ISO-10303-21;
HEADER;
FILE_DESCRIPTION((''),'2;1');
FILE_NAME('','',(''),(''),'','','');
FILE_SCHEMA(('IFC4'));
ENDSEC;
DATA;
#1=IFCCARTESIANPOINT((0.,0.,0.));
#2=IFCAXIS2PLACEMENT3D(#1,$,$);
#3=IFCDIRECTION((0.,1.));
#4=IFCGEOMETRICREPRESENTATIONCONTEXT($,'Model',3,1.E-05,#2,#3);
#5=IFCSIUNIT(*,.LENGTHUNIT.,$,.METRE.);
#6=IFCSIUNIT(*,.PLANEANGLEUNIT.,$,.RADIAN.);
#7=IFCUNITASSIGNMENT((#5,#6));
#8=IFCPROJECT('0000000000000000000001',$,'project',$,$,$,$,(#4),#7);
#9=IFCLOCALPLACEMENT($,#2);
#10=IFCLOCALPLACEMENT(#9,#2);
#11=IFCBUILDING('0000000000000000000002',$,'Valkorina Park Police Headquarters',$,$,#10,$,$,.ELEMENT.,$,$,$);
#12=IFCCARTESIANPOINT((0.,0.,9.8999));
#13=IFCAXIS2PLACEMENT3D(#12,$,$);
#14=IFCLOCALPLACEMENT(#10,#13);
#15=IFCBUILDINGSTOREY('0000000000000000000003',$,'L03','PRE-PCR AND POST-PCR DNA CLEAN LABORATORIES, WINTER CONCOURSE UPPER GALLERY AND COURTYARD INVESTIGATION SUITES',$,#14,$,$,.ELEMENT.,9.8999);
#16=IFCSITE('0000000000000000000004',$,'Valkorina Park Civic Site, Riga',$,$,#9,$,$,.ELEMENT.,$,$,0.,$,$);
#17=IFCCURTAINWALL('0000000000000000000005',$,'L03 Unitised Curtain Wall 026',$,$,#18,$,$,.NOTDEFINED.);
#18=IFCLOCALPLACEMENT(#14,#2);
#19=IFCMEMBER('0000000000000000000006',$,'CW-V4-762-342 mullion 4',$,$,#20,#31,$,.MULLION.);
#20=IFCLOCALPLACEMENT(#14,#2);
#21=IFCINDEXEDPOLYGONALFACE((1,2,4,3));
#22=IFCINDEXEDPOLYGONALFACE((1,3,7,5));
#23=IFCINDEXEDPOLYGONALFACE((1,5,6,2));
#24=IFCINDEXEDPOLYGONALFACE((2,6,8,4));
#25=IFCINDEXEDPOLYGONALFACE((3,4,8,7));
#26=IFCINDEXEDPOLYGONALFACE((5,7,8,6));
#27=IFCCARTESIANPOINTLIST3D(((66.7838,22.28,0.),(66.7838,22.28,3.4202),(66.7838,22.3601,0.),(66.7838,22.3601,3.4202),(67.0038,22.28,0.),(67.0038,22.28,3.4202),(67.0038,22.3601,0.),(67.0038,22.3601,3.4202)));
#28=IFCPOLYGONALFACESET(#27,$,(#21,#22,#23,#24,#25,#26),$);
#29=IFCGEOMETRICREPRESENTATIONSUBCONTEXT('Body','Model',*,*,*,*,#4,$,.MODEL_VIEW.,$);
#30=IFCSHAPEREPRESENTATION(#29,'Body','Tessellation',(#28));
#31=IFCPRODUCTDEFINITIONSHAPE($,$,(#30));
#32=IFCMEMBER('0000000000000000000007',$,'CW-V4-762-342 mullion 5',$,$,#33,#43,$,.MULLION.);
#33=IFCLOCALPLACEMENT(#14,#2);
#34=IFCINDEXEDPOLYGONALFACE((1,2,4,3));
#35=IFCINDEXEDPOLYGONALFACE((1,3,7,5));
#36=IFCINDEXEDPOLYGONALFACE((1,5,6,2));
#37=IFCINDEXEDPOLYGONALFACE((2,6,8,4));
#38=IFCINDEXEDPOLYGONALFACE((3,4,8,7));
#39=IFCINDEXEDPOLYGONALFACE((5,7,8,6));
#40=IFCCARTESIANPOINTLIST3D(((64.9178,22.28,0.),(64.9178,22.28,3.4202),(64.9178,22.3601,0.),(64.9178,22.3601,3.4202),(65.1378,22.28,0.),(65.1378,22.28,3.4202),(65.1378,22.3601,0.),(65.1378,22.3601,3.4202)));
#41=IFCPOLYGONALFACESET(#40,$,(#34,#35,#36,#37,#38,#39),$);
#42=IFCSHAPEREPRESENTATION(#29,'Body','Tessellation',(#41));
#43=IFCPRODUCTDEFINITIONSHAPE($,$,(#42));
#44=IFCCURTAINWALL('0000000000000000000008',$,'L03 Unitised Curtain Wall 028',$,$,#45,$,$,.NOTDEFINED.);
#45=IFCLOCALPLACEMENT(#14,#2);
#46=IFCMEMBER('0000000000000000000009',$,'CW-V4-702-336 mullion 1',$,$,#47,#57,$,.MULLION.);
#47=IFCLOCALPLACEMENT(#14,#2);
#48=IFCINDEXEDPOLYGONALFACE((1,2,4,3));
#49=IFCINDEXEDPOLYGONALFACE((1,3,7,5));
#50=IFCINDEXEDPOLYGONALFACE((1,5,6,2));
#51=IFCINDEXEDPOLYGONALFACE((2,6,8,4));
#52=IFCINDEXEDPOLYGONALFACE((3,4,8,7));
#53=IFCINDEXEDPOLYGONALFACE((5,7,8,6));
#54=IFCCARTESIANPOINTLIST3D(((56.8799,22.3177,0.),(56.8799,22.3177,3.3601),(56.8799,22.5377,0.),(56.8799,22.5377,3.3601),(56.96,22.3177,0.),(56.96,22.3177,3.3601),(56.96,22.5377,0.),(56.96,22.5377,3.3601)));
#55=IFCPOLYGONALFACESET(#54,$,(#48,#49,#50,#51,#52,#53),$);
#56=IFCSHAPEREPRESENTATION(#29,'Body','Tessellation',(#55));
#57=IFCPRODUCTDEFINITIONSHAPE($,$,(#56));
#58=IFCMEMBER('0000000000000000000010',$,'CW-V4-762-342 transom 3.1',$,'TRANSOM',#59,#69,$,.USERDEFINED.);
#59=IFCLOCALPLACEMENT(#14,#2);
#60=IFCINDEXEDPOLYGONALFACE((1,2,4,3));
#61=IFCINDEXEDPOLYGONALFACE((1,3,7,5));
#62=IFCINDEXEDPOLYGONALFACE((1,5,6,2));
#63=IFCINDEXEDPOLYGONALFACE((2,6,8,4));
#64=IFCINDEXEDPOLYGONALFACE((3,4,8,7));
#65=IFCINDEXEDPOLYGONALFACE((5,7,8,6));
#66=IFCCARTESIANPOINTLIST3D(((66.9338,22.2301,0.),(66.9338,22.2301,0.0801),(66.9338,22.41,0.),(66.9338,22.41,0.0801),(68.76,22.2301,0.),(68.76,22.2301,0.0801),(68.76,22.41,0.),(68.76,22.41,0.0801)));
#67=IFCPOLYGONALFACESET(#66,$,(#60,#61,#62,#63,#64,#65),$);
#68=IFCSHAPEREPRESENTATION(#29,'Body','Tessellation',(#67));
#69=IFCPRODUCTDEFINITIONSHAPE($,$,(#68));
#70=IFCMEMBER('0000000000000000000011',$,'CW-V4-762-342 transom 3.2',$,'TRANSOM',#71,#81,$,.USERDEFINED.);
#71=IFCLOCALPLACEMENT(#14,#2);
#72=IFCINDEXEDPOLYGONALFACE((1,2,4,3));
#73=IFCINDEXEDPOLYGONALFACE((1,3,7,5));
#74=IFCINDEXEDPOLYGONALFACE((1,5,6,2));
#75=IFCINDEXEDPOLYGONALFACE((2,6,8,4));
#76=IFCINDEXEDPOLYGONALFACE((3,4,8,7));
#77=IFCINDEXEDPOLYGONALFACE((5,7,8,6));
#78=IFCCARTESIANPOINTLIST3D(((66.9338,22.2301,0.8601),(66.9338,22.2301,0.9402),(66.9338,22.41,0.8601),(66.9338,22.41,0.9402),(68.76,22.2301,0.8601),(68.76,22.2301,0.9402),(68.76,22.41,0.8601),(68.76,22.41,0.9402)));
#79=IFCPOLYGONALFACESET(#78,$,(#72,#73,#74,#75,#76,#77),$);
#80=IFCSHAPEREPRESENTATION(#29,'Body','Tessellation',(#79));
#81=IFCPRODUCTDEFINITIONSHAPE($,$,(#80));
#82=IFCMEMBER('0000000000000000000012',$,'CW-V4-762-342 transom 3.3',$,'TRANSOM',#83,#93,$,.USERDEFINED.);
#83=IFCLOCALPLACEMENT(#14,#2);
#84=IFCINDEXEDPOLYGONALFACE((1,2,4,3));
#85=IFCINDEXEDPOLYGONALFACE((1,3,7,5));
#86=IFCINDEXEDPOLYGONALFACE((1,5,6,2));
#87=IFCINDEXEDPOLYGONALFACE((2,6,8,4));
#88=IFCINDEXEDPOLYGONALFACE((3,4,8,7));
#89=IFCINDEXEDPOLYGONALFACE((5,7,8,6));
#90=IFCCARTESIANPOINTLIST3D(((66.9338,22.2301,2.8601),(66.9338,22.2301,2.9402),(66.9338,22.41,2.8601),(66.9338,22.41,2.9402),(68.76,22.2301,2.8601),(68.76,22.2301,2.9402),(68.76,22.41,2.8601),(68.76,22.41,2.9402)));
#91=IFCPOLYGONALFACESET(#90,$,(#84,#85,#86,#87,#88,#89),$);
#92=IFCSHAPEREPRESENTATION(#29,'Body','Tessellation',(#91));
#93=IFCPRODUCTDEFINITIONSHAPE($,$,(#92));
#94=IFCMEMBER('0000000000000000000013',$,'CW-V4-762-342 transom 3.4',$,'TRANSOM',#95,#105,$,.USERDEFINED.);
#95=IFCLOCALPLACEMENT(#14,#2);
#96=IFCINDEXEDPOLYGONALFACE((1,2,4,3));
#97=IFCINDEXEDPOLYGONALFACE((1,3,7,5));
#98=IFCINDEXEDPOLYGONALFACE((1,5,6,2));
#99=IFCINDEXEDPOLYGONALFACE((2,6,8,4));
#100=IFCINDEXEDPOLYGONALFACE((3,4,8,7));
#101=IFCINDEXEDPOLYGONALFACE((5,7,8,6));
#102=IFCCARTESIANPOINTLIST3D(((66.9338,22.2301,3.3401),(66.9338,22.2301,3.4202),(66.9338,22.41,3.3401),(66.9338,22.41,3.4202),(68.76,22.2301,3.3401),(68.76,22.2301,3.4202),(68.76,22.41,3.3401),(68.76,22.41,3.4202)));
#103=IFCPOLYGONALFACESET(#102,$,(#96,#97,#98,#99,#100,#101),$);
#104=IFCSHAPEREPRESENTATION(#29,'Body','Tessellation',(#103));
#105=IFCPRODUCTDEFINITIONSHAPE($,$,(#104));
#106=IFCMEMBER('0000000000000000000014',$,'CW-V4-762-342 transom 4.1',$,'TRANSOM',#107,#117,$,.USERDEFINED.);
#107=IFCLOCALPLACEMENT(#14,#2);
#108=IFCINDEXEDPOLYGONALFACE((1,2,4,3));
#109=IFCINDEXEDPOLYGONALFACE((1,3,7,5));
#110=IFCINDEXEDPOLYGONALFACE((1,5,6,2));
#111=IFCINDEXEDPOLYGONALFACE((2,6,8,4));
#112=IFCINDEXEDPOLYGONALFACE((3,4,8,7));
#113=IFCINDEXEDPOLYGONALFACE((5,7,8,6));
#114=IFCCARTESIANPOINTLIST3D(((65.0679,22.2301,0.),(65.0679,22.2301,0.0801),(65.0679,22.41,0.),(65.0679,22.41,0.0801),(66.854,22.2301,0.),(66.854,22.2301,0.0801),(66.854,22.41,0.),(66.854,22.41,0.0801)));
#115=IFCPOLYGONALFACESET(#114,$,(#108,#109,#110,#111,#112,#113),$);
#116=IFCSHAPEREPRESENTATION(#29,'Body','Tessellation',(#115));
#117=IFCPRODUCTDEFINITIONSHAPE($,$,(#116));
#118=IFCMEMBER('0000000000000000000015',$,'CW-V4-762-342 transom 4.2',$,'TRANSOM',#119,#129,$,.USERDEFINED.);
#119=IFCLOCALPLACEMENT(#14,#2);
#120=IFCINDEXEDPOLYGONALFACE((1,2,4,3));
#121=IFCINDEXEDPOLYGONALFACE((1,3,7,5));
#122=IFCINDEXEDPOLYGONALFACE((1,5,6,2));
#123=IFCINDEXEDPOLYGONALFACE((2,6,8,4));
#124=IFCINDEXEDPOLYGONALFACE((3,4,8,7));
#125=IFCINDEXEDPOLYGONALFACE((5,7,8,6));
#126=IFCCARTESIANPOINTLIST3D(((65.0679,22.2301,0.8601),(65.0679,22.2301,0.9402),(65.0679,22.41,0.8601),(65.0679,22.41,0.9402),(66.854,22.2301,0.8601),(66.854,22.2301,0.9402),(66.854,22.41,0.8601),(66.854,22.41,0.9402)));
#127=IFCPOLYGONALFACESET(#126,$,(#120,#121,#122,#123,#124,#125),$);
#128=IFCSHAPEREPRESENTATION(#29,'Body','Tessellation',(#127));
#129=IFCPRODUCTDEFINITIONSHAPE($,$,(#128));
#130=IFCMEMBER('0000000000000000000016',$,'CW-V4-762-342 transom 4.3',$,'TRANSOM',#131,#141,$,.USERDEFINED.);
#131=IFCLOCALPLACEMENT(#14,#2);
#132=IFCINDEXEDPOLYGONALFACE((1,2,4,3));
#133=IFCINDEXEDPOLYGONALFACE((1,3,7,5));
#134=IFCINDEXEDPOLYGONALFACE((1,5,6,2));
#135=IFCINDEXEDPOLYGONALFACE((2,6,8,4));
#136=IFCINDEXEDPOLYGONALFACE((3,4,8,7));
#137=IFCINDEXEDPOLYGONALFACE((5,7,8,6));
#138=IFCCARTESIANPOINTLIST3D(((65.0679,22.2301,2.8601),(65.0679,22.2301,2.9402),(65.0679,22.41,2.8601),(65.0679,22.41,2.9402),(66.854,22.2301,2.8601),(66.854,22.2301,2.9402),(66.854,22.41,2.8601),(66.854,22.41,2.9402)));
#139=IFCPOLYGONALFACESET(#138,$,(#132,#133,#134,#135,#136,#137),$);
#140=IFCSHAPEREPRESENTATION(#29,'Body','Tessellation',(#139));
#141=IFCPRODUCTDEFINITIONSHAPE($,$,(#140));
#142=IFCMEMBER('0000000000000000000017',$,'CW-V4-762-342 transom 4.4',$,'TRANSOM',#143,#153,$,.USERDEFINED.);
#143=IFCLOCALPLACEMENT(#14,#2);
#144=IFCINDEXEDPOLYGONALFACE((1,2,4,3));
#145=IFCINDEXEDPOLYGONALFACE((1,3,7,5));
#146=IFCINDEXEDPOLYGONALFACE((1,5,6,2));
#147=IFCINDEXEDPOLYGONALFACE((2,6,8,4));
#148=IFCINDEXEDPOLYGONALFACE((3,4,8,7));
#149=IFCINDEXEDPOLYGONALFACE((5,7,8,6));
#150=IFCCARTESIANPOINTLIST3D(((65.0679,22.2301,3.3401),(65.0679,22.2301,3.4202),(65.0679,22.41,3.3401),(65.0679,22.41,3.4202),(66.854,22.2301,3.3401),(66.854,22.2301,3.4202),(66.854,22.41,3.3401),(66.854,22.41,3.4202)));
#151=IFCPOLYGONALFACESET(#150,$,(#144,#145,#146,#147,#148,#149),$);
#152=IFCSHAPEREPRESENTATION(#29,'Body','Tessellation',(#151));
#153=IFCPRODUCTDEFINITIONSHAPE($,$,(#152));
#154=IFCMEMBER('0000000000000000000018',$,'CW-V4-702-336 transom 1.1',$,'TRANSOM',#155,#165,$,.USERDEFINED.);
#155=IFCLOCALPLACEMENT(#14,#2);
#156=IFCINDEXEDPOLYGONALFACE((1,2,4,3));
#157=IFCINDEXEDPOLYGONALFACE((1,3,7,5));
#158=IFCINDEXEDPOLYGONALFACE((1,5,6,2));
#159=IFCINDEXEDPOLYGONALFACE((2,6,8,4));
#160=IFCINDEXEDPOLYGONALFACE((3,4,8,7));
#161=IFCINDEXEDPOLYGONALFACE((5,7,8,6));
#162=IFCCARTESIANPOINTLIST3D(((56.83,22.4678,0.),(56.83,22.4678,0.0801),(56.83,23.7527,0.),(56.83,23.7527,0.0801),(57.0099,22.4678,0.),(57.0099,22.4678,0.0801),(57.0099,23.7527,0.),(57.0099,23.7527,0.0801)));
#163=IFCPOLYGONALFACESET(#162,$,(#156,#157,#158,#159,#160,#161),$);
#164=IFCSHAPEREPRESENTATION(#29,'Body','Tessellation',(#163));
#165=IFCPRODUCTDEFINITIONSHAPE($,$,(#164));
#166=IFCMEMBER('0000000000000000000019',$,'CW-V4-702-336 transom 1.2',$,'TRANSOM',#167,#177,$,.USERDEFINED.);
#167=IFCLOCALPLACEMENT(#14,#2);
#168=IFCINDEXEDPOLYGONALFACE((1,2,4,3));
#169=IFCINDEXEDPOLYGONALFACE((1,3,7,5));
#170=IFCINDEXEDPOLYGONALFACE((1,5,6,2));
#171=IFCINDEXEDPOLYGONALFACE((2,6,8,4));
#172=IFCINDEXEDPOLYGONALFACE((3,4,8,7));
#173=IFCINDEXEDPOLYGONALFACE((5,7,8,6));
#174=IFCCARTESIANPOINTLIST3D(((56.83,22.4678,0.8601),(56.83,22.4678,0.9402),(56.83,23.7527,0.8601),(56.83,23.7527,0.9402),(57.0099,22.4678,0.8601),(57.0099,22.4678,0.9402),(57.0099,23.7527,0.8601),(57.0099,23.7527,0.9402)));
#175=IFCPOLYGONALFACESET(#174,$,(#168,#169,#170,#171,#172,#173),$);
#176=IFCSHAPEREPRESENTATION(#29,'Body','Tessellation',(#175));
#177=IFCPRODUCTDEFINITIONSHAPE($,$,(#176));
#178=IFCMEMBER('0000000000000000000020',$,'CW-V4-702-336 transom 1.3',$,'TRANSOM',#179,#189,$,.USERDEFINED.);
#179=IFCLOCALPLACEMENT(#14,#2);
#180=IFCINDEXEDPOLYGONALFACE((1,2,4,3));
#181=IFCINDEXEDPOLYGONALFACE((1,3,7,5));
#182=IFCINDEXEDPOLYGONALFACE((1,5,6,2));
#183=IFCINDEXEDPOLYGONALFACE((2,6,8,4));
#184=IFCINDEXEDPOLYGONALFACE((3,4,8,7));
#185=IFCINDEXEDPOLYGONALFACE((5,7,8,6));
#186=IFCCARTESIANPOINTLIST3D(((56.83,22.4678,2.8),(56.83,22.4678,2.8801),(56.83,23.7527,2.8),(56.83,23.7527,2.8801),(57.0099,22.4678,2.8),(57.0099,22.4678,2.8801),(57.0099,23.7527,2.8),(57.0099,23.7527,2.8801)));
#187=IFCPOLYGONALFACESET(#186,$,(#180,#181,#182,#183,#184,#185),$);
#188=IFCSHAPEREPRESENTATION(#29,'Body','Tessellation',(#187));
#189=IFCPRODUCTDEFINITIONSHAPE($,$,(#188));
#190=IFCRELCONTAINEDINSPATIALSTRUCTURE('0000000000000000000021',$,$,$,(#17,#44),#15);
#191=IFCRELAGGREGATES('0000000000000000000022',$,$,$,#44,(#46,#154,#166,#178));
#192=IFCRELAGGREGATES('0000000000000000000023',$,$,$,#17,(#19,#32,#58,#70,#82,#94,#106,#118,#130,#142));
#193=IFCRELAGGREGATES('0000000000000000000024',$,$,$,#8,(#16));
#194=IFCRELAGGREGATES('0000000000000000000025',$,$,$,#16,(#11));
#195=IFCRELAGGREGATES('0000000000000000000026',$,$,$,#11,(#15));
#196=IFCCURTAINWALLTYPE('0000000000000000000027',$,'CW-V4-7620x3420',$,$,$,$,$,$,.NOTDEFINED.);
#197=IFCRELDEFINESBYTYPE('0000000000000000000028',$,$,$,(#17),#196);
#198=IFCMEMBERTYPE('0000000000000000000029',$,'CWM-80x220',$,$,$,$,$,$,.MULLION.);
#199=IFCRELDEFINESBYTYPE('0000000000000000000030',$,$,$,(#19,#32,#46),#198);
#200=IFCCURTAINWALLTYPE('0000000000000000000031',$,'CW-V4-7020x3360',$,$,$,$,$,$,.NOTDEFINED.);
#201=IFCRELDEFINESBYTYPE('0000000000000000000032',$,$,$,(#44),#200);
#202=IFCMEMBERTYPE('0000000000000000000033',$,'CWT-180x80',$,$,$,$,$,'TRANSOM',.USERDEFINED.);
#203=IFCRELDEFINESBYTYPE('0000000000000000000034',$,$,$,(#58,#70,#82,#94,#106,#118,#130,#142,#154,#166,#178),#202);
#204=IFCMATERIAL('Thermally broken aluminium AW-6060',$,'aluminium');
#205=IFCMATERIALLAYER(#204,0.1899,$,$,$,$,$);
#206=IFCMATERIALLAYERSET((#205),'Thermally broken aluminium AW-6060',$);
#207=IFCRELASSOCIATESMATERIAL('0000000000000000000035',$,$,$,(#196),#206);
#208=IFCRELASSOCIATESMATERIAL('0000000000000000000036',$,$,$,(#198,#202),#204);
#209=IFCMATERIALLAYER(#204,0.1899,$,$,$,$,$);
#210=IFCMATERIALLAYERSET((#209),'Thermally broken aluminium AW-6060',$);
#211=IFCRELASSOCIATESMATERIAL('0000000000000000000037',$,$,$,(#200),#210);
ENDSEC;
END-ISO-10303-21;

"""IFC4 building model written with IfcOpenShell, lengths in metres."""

from ifc_helpers import new_model, si_unit, direction, frame, origin, origin_2d, place, context, subcontext, project, spatial, rectangle, extrude, material, layer, layer_set, material_profile, profile_set, type_object, element, aggregate, save


model = new_model("IFC4")

# Units and contexts
model_context = context("Model", 3, precision=1e-05, world=origin(), true_north=direction((0.0, 1.0)))
body_context = subcontext(model_context, "Body", "Model", "MODEL_VIEW")
ifc_project = project(units=[si_unit("LENGTHUNIT", "METRE"), si_unit("PLANEANGLEUNIT", "RADIAN")], contexts=[model_context])

# Site, building, storey
site_placement = place(None, origin())
site = spatial("IfcSite", under=ifc_project, at=site_placement, Name="Valkorina Park Civic Site, Riga", CompositionType="ELEMENT", RefElevation=0.0)
building_placement = place(site_placement, origin())
building = spatial("IfcBuilding", under=site, at=building_placement, Name="Valkorina Park Police Headquarters", CompositionType="ELEMENT")
storey_placement = place(building_placement, frame((0.0, 0.0, 9.8999)))
storey = spatial("IfcBuildingStorey", under=building, at=storey_placement, Name="L03", Description="PRE-PCR AND POST-PCR DNA CLEAN LABORATORIES, WINTER CONCOURSE UPPER GALLERY AND COURTYARD INVESTIGATION SUITES", CompositionType="ELEMENT", Elevation=9.8999)

# Curtain wall, members
ifc_material_1 = material(Name="Thermally broken aluminium AW-6060", Category="aluminium")
ifc_layer_1 = layer(ifc_material_1, 0.1899)
ifc_layer_set_1 = layer_set([ifc_layer_1], Name="Thermally broken aluminium AW-6060")
curtain_wall_type_1 = type_object("IfcCurtainWallType", Name="CW-V4-7620x3420", PredefinedType="NOTDEFINED", material=ifc_layer_set_1)
curtain_wall_1_placement = place(storey_placement, origin())
curtain_wall_1 = element("IfcCurtainWall", 1, at=curtain_wall_1_placement, inside=storey, type_object=curtain_wall_type_1, Name="L03 Unitised Curtain Wall 026", PredefinedType="NOTDEFINED")
ifc_material_profile_1 = material_profile(ifc_material_1, rectangle(XDim=0.0801, YDim=0.22, at=origin_2d()), Name="CWM-03 80x220")
ifc_profile_set_1 = profile_set([ifc_material_profile_1], Name="Thermally broken aluminium AW-6060")
member_type_1 = type_object("IfcMemberType", Name="CWM-80x220", PredefinedType="MULLION", material=ifc_profile_set_1)
member_1_placement = place(storey_placement, frame((66.8938, 22.3201, 0.0), z_axis=(0.0, 0.0, 1.0), x_axis=(0.0, -1.0, 0.0)))
member_1 = element("IfcMember", 2, at=member_1_placement, type_object=member_type_1, Name="CW-V4-762-342 mullion 4", PredefinedType="MULLION", context=body_context, shape_type="SweptSolid", body=[
    extrude(rectangle(XDim=0.0801, YDim=0.22, at=origin_2d()), origin(), (0.0, 0.0, 1.0), 3.4202),
])
member_2_placement = place(storey_placement, frame((65.0278, 22.3201, 0.0), z_axis=(0.0, 0.0, 1.0), x_axis=(0.0, -1.0, 0.0)))
member_2 = element("IfcMember", 3, at=member_2_placement, type_object=member_type_1, Name="CW-V4-762-342 mullion 5", PredefinedType="MULLION", context=body_context, shape_type="SweptSolid", body=[
    extrude(rectangle(XDim=0.0801, YDim=0.22, at=origin_2d()), origin(), (0.0, 0.0, 1.0), 3.4202),
])

# Curtain wall, member
ifc_layer_2 = layer(ifc_material_1, 0.1899)
ifc_layer_set_2 = layer_set([ifc_layer_2], Name="Thermally broken aluminium AW-6060")
curtain_wall_type_2 = type_object("IfcCurtainWallType", Name="CW-V4-7020x3360", PredefinedType="NOTDEFINED", material=ifc_layer_set_2)
curtain_wall_2_placement = place(storey_placement, origin())
curtain_wall_2 = element("IfcCurtainWall", 4, at=curtain_wall_2_placement, inside=storey, type_object=curtain_wall_type_2, Name="L03 Unitised Curtain Wall 028", PredefinedType="NOTDEFINED")
member_3_placement = place(storey_placement, frame((56.9199, 22.4277, 0.0), z_axis=(0.0, 0.0, 1.0), x_axis=(-1.0, 0.0, 0.0)))
member_3 = element("IfcMember", 5, at=member_3_placement, type_object=member_type_1, Name="CW-V4-702-336 mullion 1", PredefinedType="MULLION", context=body_context, shape_type="SweptSolid", body=[
    extrude(rectangle(XDim=0.0801, YDim=0.22, at=origin_2d()), origin(), (0.0, 0.0, 1.0), 3.3601),
])

# Members
ifc_material_profile_2 = material_profile(ifc_material_1, rectangle(XDim=0.1799, YDim=0.0801, at=origin_2d()), Name="CWT-03 180x80")
ifc_profile_set_2 = profile_set([ifc_material_profile_2], Name="Thermally broken aluminium AW-6060")
member_type_2 = type_object("IfcMemberType", Name="CWT-180x80", ElementType="TRANSOM", PredefinedType="USERDEFINED", material=ifc_profile_set_2)
member_4_placement = place(storey_placement, frame((68.76, 22.3201, 0.04), z_axis=(-1.0, 0.0, 0.0), x_axis=(0.0, -1.0, 0.0)))
member_4 = element("IfcMember", 6, at=member_4_placement, type_object=member_type_2, Name="CW-V4-762-342 transom 3.1", ObjectType="TRANSOM", PredefinedType="USERDEFINED", context=body_context, shape_type="SweptSolid", body=[
    extrude(rectangle(XDim=0.1799, YDim=0.0801, at=origin_2d()), origin(), (0.0, 0.0, 1.0), 1.8262),
])
member_5_placement = place(storey_placement, frame((68.76, 22.3201, 0.9001), z_axis=(-1.0, 0.0, 0.0), x_axis=(0.0, -1.0, 0.0)))
member_5 = element("IfcMember", 7, at=member_5_placement, type_object=member_type_2, Name="CW-V4-762-342 transom 3.2", ObjectType="TRANSOM", PredefinedType="USERDEFINED", context=body_context, shape_type="SweptSolid", body=[
    extrude(rectangle(XDim=0.1799, YDim=0.0801, at=origin_2d()), origin(), (0.0, 0.0, 1.0), 1.8262),
])
member_6_placement = place(storey_placement, frame((68.76, 22.3201, 2.9001), z_axis=(-1.0, 0.0, 0.0), x_axis=(0.0, -1.0, 0.0)))
member_6 = element("IfcMember", 8, at=member_6_placement, type_object=member_type_2, Name="CW-V4-762-342 transom 3.3", ObjectType="TRANSOM", PredefinedType="USERDEFINED", context=body_context, shape_type="SweptSolid", body=[
    extrude(rectangle(XDim=0.1799, YDim=0.0801, at=origin_2d()), origin(), (0.0, 0.0, 1.0), 1.8262),
])
member_7_placement = place(storey_placement, frame((68.76, 22.3201, 3.3801), z_axis=(-1.0, 0.0, 0.0), x_axis=(0.0, -1.0, 0.0)))
member_7 = element("IfcMember", 9, at=member_7_placement, type_object=member_type_2, Name="CW-V4-762-342 transom 3.4", ObjectType="TRANSOM", PredefinedType="USERDEFINED", context=body_context, shape_type="SweptSolid", body=[
    extrude(rectangle(XDim=0.1799, YDim=0.0801, at=origin_2d()), origin(), (0.0, 0.0, 1.0), 1.8262),
])
member_8_placement = place(storey_placement, frame((66.854, 22.3201, 0.04), z_axis=(-1.0, 0.0, 0.0), x_axis=(0.0, -1.0, 0.0)))
member_8 = element("IfcMember", 10, at=member_8_placement, type_object=member_type_2, Name="CW-V4-762-342 transom 4.1", ObjectType="TRANSOM", PredefinedType="USERDEFINED", context=body_context, shape_type="SweptSolid", body=[
    extrude(rectangle(XDim=0.1799, YDim=0.0801, at=origin_2d()), origin(), (0.0, 0.0, 1.0), 1.7861),
])
member_9_placement = place(storey_placement, frame((66.854, 22.3201, 0.9001), z_axis=(-1.0, 0.0, 0.0), x_axis=(0.0, -1.0, 0.0)))
member_9 = element("IfcMember", 11, at=member_9_placement, type_object=member_type_2, Name="CW-V4-762-342 transom 4.2", ObjectType="TRANSOM", PredefinedType="USERDEFINED", context=body_context, shape_type="SweptSolid", body=[
    extrude(rectangle(XDim=0.1799, YDim=0.0801, at=origin_2d()), origin(), (0.0, 0.0, 1.0), 1.7861),
])
member_10_placement = place(storey_placement, frame((66.854, 22.3201, 2.9001), z_axis=(-1.0, 0.0, 0.0), x_axis=(0.0, -1.0, 0.0)))
member_10 = element("IfcMember", 12, at=member_10_placement, type_object=member_type_2, Name="CW-V4-762-342 transom 4.3", ObjectType="TRANSOM", PredefinedType="USERDEFINED", context=body_context, shape_type="SweptSolid", body=[
    extrude(rectangle(XDim=0.1799, YDim=0.0801, at=origin_2d()), origin(), (0.0, 0.0, 1.0), 1.7861),
])
member_11_placement = place(storey_placement, frame((66.854, 22.3201, 3.3801), z_axis=(-1.0, 0.0, 0.0), x_axis=(0.0, -1.0, 0.0)))
member_11 = element("IfcMember", 13, at=member_11_placement, type_object=member_type_2, Name="CW-V4-762-342 transom 4.4", ObjectType="TRANSOM", PredefinedType="USERDEFINED", context=body_context, shape_type="SweptSolid", body=[
    extrude(rectangle(XDim=0.1799, YDim=0.0801, at=origin_2d()), origin(), (0.0, 0.0, 1.0), 1.7861),
])
member_12_placement = place(storey_placement, frame((56.9199, 22.4678, 0.04), z_axis=(0.0, 1.0, 0.0), x_axis=(-1.0, 0.0, 0.0)))
member_12 = element("IfcMember", 14, at=member_12_placement, type_object=member_type_2, Name="CW-V4-702-336 transom 1.1", ObjectType="TRANSOM", PredefinedType="USERDEFINED", context=body_context, shape_type="SweptSolid", body=[
    extrude(rectangle(XDim=0.1799, YDim=0.0801, at=origin_2d()), origin(), (0.0, 0.0, 1.0), 1.2849),
])
member_13_placement = place(storey_placement, frame((56.9199, 22.4678, 0.9001), z_axis=(0.0, 1.0, 0.0), x_axis=(-1.0, 0.0, 0.0)))
member_13 = element("IfcMember", 15, at=member_13_placement, type_object=member_type_2, Name="CW-V4-702-336 transom 1.2", ObjectType="TRANSOM", PredefinedType="USERDEFINED", context=body_context, shape_type="SweptSolid", body=[
    extrude(rectangle(XDim=0.1799, YDim=0.0801, at=origin_2d()), origin(), (0.0, 0.0, 1.0), 1.2849),
])
member_14_placement = place(storey_placement, frame((56.9199, 22.4678, 2.8401), z_axis=(0.0, 1.0, 0.0), x_axis=(-1.0, 0.0, 0.0)))
member_14 = element("IfcMember", 16, at=member_14_placement, type_object=member_type_2, Name="CW-V4-702-336 transom 1.3", ObjectType="TRANSOM", PredefinedType="USERDEFINED", context=body_context, shape_type="SweptSolid", body=[
    extrude(rectangle(XDim=0.1799, YDim=0.0801, at=origin_2d()), origin(), (0.0, 0.0, 1.0), 1.2849),
])
aggregate(curtain_wall_2, [member_3, member_12, member_13, member_14])

aggregate(curtain_wall_1, [member_1, member_2, member_4, member_5, member_6, member_7, member_8, member_9, member_10, member_11])

save(model, "model.ifc")
